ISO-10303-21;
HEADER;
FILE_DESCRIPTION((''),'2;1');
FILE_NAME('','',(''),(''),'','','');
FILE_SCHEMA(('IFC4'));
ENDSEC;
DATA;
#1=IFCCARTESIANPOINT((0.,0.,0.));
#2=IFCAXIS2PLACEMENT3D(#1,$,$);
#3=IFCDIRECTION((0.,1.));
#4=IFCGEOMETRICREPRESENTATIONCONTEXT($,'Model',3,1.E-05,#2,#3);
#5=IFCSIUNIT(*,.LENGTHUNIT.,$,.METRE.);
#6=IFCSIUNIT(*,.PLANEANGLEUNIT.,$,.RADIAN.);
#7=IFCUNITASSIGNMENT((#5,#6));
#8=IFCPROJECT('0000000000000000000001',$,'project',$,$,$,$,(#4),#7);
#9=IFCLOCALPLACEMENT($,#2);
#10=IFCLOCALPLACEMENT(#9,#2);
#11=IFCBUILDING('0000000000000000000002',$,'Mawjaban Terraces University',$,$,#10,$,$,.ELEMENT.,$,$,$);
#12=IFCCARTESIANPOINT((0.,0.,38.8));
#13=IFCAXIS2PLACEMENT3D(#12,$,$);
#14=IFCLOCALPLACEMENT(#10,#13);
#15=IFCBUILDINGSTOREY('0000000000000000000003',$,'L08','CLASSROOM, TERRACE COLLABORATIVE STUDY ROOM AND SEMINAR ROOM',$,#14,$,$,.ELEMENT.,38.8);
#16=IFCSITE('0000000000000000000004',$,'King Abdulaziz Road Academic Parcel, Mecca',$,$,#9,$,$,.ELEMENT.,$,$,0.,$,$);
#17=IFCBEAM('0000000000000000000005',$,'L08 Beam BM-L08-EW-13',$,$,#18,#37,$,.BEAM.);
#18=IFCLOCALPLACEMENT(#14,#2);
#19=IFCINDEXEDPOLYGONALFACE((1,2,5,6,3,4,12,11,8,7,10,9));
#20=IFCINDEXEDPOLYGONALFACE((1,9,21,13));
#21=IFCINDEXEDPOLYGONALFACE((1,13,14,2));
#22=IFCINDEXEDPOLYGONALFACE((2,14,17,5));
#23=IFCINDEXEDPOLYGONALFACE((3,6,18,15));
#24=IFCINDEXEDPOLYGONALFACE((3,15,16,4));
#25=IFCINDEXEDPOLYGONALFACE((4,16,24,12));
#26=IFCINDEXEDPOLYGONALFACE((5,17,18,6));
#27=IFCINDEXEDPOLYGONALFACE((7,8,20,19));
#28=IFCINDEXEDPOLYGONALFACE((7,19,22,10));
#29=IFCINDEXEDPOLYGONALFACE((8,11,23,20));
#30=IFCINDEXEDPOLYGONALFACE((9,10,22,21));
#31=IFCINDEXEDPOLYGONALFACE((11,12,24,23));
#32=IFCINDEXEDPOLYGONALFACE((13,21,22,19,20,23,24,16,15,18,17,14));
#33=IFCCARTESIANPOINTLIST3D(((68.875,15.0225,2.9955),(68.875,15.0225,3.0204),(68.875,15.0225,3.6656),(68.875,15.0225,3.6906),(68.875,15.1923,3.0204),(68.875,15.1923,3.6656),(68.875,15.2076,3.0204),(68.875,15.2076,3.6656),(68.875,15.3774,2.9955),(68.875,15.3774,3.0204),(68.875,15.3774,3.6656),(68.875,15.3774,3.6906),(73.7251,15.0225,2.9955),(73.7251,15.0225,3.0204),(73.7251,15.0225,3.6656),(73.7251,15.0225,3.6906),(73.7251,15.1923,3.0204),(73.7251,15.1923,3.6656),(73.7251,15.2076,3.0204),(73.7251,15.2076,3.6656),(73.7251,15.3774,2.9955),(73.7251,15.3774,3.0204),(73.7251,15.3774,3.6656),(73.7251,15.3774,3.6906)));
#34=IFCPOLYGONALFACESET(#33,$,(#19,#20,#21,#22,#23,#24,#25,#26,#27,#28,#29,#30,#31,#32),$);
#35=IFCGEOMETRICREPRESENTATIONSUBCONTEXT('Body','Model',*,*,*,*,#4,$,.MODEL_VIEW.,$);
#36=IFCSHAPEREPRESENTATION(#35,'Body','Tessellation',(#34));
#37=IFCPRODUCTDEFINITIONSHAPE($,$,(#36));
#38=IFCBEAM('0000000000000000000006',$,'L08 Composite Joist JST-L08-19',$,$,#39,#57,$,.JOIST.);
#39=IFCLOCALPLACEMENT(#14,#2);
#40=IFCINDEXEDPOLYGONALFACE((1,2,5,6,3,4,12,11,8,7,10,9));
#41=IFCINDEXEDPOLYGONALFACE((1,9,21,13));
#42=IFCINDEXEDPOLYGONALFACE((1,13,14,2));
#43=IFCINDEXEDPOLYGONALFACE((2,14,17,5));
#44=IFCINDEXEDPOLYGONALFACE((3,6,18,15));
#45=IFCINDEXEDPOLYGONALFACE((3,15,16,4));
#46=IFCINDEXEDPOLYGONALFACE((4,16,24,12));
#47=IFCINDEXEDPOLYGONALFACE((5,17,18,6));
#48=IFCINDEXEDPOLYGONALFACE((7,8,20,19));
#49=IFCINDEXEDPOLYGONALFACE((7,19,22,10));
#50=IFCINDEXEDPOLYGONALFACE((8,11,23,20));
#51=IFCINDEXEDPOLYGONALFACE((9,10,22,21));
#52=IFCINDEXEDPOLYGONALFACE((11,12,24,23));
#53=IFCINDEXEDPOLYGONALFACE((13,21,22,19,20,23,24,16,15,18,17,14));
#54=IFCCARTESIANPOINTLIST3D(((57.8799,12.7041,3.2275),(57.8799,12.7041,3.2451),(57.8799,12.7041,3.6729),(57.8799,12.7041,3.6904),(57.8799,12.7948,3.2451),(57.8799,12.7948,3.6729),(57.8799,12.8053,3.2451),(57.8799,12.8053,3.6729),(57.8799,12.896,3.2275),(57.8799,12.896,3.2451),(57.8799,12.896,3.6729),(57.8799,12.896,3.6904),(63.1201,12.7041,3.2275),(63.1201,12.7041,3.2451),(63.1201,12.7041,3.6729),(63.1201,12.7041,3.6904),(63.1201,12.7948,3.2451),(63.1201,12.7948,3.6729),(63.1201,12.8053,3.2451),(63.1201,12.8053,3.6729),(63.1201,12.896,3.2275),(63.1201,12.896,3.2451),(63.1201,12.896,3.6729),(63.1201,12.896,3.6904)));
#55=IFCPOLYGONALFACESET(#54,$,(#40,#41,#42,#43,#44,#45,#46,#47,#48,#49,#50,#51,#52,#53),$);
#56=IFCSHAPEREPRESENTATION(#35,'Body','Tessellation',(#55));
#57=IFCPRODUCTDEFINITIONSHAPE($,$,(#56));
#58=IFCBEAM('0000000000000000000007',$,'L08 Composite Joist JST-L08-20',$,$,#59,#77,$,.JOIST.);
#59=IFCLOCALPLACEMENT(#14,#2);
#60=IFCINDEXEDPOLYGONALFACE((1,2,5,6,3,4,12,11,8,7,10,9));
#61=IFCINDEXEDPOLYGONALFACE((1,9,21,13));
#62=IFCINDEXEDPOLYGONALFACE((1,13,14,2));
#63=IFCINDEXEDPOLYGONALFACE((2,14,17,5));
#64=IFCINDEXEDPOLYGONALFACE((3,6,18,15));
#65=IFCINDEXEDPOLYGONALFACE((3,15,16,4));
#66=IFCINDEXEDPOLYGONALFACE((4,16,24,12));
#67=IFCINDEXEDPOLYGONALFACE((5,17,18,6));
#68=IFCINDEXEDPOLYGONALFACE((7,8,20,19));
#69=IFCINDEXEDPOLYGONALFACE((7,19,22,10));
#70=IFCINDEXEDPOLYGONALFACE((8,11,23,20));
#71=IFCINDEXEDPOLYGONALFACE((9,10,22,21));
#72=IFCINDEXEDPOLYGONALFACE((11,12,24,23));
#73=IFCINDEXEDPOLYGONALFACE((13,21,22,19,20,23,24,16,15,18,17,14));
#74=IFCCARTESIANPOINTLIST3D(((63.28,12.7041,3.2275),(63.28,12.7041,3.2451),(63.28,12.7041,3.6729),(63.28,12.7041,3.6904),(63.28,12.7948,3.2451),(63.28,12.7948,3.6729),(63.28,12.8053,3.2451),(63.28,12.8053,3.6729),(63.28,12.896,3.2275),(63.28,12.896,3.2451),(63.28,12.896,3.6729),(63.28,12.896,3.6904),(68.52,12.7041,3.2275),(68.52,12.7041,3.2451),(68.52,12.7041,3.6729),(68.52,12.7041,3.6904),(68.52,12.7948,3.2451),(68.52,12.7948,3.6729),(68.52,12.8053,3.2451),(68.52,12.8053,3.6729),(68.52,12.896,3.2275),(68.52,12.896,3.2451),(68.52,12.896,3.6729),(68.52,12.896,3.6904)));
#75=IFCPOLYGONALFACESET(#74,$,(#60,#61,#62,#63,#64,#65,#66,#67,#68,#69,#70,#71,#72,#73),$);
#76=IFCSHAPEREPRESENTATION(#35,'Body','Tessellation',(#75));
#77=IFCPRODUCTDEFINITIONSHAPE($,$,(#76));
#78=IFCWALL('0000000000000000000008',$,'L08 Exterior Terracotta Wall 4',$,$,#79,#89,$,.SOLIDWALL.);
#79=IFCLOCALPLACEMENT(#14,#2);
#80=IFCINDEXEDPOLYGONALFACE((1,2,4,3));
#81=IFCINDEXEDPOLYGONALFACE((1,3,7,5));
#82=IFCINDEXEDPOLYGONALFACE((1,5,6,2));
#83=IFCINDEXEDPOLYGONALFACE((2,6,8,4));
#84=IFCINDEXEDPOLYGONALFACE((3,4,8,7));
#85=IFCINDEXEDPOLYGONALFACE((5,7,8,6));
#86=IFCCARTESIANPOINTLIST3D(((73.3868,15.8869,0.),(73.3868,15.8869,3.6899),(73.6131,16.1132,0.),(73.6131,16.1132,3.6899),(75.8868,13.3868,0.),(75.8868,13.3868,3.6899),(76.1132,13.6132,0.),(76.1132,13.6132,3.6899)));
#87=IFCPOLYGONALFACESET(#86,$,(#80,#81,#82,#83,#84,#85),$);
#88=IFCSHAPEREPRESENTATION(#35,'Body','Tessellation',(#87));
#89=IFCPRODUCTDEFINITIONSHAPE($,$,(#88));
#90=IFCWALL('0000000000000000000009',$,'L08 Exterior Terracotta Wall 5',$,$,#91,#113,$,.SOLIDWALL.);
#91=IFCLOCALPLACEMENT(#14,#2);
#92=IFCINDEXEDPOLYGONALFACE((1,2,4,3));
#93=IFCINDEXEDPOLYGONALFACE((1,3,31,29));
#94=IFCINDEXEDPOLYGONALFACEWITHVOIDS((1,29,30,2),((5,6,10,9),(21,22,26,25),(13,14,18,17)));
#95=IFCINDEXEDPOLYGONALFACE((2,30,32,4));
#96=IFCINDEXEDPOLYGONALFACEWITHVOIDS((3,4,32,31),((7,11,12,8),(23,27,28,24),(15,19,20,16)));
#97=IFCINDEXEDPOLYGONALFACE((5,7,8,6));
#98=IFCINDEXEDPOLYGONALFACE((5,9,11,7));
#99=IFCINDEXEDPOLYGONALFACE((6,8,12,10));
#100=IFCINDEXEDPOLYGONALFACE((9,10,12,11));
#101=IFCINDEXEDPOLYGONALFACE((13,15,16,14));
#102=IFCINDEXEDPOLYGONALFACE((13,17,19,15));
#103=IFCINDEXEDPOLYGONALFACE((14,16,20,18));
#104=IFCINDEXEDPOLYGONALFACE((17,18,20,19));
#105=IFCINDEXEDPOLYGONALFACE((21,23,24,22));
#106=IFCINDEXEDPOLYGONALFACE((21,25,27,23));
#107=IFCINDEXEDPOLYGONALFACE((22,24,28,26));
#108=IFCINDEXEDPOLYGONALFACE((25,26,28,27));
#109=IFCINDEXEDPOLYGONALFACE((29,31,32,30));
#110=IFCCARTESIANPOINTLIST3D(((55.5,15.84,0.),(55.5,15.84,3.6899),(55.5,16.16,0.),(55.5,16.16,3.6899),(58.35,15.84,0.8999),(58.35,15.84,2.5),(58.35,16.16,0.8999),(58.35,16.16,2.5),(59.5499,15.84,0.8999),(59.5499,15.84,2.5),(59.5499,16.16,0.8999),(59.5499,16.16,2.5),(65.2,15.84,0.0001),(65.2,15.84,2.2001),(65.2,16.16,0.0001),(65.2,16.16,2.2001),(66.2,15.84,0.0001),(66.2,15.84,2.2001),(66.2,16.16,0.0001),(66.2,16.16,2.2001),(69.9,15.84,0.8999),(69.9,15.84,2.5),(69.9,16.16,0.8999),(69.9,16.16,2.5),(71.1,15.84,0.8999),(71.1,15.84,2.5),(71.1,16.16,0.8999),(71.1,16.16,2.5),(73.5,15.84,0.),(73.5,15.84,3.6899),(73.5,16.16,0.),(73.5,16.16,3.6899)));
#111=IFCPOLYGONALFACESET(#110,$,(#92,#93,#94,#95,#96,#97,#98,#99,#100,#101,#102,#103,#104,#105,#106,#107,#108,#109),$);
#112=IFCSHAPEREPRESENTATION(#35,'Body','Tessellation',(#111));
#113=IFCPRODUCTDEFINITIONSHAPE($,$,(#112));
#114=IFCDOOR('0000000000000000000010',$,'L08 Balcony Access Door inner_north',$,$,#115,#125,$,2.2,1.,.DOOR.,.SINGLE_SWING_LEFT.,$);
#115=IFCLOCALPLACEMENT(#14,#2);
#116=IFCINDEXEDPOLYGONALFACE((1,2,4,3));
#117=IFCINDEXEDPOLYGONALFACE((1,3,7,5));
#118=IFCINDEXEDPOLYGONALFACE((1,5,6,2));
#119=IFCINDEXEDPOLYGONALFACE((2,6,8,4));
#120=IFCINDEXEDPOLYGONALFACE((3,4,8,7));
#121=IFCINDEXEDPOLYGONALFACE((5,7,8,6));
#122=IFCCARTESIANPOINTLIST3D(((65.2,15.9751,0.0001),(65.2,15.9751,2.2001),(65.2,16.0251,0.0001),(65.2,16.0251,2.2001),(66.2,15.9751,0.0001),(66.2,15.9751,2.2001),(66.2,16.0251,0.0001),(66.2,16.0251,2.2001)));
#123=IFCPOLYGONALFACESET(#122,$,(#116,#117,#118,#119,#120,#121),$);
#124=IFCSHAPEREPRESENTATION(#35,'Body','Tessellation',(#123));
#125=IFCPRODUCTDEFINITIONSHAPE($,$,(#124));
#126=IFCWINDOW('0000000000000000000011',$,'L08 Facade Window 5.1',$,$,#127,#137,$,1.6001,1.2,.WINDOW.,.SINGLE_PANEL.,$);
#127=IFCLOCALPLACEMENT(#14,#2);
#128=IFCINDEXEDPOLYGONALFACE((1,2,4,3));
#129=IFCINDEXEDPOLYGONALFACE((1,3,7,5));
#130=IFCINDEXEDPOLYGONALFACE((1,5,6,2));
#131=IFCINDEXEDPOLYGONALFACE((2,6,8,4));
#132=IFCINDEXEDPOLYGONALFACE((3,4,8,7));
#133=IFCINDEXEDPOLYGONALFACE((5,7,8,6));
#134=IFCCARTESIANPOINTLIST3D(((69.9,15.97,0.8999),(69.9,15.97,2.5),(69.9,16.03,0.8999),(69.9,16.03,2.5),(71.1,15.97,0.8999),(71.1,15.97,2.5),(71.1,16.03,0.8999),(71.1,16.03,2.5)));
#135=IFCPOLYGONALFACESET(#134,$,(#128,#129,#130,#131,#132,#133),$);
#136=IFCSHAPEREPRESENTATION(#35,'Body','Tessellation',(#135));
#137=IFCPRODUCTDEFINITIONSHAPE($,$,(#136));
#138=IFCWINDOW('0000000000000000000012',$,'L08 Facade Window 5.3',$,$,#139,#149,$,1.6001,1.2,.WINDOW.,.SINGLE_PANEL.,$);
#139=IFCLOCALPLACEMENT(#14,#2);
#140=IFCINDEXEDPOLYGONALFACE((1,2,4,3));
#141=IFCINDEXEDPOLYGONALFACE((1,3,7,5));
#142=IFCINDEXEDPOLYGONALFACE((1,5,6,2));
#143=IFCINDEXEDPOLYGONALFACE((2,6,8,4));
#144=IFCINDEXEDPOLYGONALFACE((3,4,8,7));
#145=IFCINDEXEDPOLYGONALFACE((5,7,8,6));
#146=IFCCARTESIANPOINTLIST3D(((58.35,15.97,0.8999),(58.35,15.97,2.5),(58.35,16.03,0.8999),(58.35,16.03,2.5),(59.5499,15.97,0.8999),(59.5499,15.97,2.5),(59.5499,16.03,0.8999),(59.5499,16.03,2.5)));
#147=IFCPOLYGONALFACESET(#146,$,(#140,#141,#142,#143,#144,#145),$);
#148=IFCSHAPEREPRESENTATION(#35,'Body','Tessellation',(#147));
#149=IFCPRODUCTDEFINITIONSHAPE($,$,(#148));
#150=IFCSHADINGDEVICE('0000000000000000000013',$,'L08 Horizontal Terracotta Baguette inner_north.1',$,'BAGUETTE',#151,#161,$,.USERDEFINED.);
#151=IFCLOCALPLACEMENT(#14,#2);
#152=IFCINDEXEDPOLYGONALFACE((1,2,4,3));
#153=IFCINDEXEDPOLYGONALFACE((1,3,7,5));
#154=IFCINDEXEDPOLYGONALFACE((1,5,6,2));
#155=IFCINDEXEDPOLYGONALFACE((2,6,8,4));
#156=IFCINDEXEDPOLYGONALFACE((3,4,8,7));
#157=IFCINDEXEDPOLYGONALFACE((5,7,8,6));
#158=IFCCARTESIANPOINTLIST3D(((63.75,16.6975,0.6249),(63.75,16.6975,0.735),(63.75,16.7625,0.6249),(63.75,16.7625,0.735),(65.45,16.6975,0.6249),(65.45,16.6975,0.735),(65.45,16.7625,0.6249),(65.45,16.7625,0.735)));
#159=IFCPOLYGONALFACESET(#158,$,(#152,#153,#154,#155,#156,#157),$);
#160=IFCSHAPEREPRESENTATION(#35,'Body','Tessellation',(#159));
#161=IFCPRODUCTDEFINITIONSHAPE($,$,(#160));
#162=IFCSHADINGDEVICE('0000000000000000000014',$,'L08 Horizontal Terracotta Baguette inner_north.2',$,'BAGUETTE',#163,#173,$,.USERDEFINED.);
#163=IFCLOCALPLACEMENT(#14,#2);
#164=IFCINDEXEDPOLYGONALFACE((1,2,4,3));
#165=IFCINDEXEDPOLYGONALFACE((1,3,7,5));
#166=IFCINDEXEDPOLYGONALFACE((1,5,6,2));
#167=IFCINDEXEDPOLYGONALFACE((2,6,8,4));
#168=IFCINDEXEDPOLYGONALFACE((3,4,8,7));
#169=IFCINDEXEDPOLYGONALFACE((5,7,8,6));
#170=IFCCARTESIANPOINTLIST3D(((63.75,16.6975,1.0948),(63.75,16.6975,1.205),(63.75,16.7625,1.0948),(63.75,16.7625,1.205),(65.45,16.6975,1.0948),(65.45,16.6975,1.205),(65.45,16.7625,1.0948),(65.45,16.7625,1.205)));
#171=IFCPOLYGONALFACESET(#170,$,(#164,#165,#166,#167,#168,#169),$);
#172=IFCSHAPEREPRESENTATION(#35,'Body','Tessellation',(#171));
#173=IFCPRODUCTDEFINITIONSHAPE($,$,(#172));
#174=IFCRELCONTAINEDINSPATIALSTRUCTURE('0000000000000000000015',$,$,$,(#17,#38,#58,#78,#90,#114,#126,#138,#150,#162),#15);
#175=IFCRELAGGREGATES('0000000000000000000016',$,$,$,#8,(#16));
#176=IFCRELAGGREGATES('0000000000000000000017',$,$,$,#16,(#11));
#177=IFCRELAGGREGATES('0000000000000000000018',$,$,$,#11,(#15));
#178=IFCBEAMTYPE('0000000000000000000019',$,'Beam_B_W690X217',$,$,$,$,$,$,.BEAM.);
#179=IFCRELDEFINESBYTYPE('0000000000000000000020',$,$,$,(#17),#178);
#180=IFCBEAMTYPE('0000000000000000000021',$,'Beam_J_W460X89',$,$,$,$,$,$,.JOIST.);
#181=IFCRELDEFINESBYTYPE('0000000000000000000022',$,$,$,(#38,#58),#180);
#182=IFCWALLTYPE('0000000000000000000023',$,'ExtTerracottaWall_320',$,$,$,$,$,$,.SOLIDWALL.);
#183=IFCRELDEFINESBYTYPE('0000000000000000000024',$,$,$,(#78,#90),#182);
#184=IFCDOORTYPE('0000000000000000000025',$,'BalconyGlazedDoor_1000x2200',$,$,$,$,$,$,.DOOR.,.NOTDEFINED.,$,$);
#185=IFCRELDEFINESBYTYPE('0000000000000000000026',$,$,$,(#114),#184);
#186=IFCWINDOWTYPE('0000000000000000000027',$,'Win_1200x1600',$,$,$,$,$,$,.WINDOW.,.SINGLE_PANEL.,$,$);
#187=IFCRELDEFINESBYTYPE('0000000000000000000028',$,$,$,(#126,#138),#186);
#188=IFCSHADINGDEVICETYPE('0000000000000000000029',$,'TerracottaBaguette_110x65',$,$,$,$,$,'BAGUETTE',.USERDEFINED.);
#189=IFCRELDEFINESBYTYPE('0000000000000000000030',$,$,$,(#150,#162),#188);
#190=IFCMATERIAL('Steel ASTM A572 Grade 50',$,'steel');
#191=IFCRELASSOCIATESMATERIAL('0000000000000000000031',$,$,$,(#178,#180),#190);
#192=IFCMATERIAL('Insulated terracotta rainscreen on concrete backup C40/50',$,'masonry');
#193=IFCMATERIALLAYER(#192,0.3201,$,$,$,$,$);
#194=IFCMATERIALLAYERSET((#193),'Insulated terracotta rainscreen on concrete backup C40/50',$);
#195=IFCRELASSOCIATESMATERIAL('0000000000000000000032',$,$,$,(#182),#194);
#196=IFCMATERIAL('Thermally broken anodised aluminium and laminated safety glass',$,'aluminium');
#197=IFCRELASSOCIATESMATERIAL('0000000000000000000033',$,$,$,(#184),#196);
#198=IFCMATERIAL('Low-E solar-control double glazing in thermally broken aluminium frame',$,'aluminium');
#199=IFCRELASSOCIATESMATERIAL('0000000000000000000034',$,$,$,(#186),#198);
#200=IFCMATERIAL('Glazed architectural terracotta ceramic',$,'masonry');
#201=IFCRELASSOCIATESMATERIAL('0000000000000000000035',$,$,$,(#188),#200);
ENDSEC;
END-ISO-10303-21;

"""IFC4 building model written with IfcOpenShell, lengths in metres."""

from ifc_helpers import new_model, si_unit, direction, frame, frame_2d, origin, origin_2d, place, context, subcontext, project, spatial, rectangle, i_section, extrude, material, layer, layer_set, material_profile, profile_set, type_object, element, fill, save


model = new_model("IFC4")

# Units and contexts
model_context = context("Model", 3, precision=1e-05, world=origin(), true_north=direction((0.0, 1.0)))
body_context = subcontext(model_context, "Body", "Model", "MODEL_VIEW")
ifc_project = project(units=[si_unit("LENGTHUNIT", "METRE"), si_unit("PLANEANGLEUNIT", "RADIAN")], contexts=[model_context])

# Site, building, storey
site_placement = place(None, origin())
site = spatial("IfcSite", under=ifc_project, at=site_placement, Name="King Abdulaziz Road Academic Parcel, Mecca", CompositionType="ELEMENT", RefElevation=0.0)
building_placement = place(site_placement, origin())
building = spatial("IfcBuilding", under=site, at=building_placement, Name="Mawjaban Terraces University", CompositionType="ELEMENT")
storey_placement = place(building_placement, frame((0.0, 0.0, 38.8)))
storey = spatial("IfcBuildingStorey", under=building, at=storey_placement, Name="L08", Description="CLASSROOM, TERRACE COLLABORATIVE STUDY ROOM AND SEMINAR ROOM", CompositionType="ELEMENT", Elevation=38.8)

# Beams
ifc_material_1 = material(Name="Steel ASTM A572 Grade 50", Category="steel")
ifc_material_profile_1 = material_profile(ifc_material_1, i_section(OverallWidth=0.355, OverallDepth=0.6951, WebThickness=0.0154, FlangeThickness=0.0249, at=origin_2d()), Name="W690X217")
ifc_profile_set_1 = profile_set([ifc_material_profile_1], Name="Steel ASTM A572 Grade 50")
beam_type_1 = type_object("IfcBeamType", Name="Beam_B_W690X217", PredefinedType="BEAM", material=ifc_profile_set_1)
beam_1_placement = place(storey_placement, frame((68.875, 15.2, 3.343), z_axis=(1.0, 0.0, 0.0), x_axis=(0.0, 1.0, 0.0)))
element("IfcBeam", 1, at=beam_1_placement, inside=storey, type_object=beam_type_1, Name="L08 Beam BM-L08-EW-13", PredefinedType="BEAM", context=body_context, shape_type="SweptSolid", body=[
    extrude(i_section(OverallWidth=0.355, OverallDepth=0.6951, WebThickness=0.0154, FlangeThickness=0.0249, at=origin_2d()), origin(), (0.0, 0.0, 1.0), 4.8501),
])
ifc_material_profile_2 = material_profile(ifc_material_1, i_section(OverallWidth=0.1919, OverallDepth=0.4629, WebThickness=0.0105, FlangeThickness=0.0176, at=origin_2d()), Name="W460X89")
ifc_profile_set_2 = profile_set([ifc_material_profile_2], Name="Steel ASTM A572 Grade 50")
beam_type_2 = type_object("IfcBeamType", Name="Beam_J_W460X89", PredefinedType="JOIST", material=ifc_profile_set_2)
beam_2_placement = place(storey_placement, frame((57.8799, 12.8, 3.459), z_axis=(1.0, 0.0, 0.0), x_axis=(0.0, 1.0, 0.0)))
element("IfcBeam", 2, at=beam_2_placement, inside=storey, type_object=beam_type_2, Name="L08 Composite Joist JST-L08-19", PredefinedType="JOIST", context=body_context, shape_type="SweptSolid", body=[
    extrude(i_section(OverallWidth=0.1919, OverallDepth=0.4629, WebThickness=0.0105, FlangeThickness=0.0176, at=origin_2d()), origin(), (0.0, 0.0, 1.0), 5.2402),
])
beam_3_placement = place(storey_placement, frame((63.28, 12.8, 3.459), z_axis=(1.0, 0.0, 0.0), x_axis=(0.0, 1.0, 0.0)))
element("IfcBeam", 3, at=beam_3_placement, inside=storey, type_object=beam_type_2, Name="L08 Composite Joist JST-L08-20", PredefinedType="JOIST", context=body_context, shape_type="SweptSolid", body=[
    extrude(i_section(OverallWidth=0.1919, OverallDepth=0.4629, WebThickness=0.0105, FlangeThickness=0.0176, at=origin_2d()), origin(), (0.0, 0.0, 1.0), 5.24),
])

# Wall
ifc_material_2 = material(Name="Insulated terracotta rainscreen on concrete backup C40/50", Category="masonry")
ifc_layer_1 = layer(ifc_material_2, 0.3201)
ifc_layer_set_1 = layer_set([ifc_layer_1], Name="Insulated terracotta rainscreen on concrete backup C40/50")
wall_type = type_object("IfcWallType", Name="ExtTerracottaWall_320", PredefinedType="SOLIDWALL", material=ifc_layer_set_1)
wall_1_placement = place(storey_placement, frame((76.0, 13.5, 0.0), z_axis=(0.0, 0.0, 1.0), x_axis=(-0.707107, 0.707107, 0.0)))
element("IfcWall", 4, at=wall_1_placement, inside=storey, type_object=wall_type, Name="L08 Exterior Terracotta Wall 4", PredefinedType="SOLIDWALL", context=body_context, shape_type="SweptSolid", body=[
    extrude(rectangle(XDim=3.5356, YDim=0.3201, at=frame_2d((1.7678, 0.0))), origin(), (0.0, 0.0, 1.0), 3.6899),
])

# Wall, openings, door, windows
wall_2_placement = place(storey_placement, frame((73.5, 16.0, 0.0), z_axis=(0.0, 0.0, 1.0), x_axis=(-1.0, 0.0, 0.0)))
wall_2 = element("IfcWall", 5, at=wall_2_placement, inside=storey, type_object=wall_type, Name="L08 Exterior Terracotta Wall 5", PredefinedType="SOLIDWALL", context=body_context, shape_type="SweptSolid", body=[
    extrude(rectangle(XDim=18.0, YDim=0.3201, at=frame_2d((9.0, 0.0))), origin(), (0.0, 0.0, 1.0), 3.6899),
])
opening_1_placement = place(wall_2_placement, frame((7.3, 0.0, 0.0)))
opening_1 = element("IfcOpeningElement", 6, at=opening_1_placement, cuts=wall_2, PredefinedType="OPENING", context=body_context, shape_type="SweptSolid", body=[
    extrude(rectangle(XDim=1.0, YDim=2.2, at=frame_2d((0.5, 1.1001))), frame((0.0, 0.1699, 0.0), z_axis=(0.0, -1.0, 0.0), x_axis=(1.0, 0.0, 0.0)), (0.0, 0.0, 1.0), 0.3401),
])
opening_2_placement = place(wall_2_placement, frame((2.3999, 0.0, 0.8999)))
opening_2 = element("IfcOpeningElement", 7, at=opening_2_placement, cuts=wall_2, PredefinedType="OPENING", context=body_context, shape_type="SweptSolid", body=[
    extrude(rectangle(XDim=1.2, YDim=1.6001, at=frame_2d((0.6001, 0.8))), frame((0.0, 0.1699, 0.0), z_axis=(0.0, -1.0, 0.0), x_axis=(1.0, 0.0, 0.0)), (0.0, 0.0, 1.0), 0.3401),
])
opening_3_placement = place(wall_2_placement, frame((13.95, 0.0, 0.8999)))
opening_3 = element("IfcOpeningElement", 8, at=opening_3_placement, cuts=wall_2, PredefinedType="OPENING", context=body_context, shape_type="SweptSolid", body=[
    extrude(rectangle(XDim=1.2, YDim=1.6001, at=frame_2d((0.6001, 0.8))), frame((0.0, 0.1699, 0.0), z_axis=(0.0, -1.0, 0.0), x_axis=(1.0, 0.0, 0.0)), (0.0, 0.0, 1.0), 0.3401),
])
ifc_material_3 = material(Name="Thermally broken anodised aluminium and laminated safety glass", Category="aluminium")
door_type = type_object("IfcDoorType", Name="BalconyGlazedDoor_1000x2200", OperationType="NOTDEFINED", PredefinedType="DOOR", material=ifc_material_3)
door_placement = place(opening_1_placement, origin())
door = element("IfcDoor", 9, at=door_placement, inside=storey, type_object=door_type, Name="L08 Balcony Access Door inner_north", OperationType="SINGLE_SWING_LEFT", OverallHeight=2.2, OverallWidth=1.0, PredefinedType="DOOR", context=body_context, shape_type="SweptSolid", body=[
    extrude(rectangle(XDim=1.0, YDim=2.2, at=frame_2d((0.5, 1.1001))), frame((0.0, 0.0249, 0.0), z_axis=(0.0, -1.0, 0.0), x_axis=(1.0, 0.0, 0.0)), (0.0, 0.0, 1.0), 0.05),
])
fill(opening_1, door)
ifc_material_4 = material(Name="Low-E solar-control double glazing in thermally broken aluminium frame", Category="aluminium")
window_type = type_object("IfcWindowType", Name="Win_1200x1600", PartitioningType="SINGLE_PANEL", PredefinedType="WINDOW", material=ifc_material_4)
window_1_placement = place(opening_2_placement, origin())
window_1 = element("IfcWindow", 10, at=window_1_placement, inside=storey, type_object=window_type, Name="L08 Facade Window 5.1", OverallHeight=1.6001, OverallWidth=1.2, PartitioningType="SINGLE_PANEL", PredefinedType="WINDOW", context=body_context, shape_type="SweptSolid", body=[
    extrude(rectangle(XDim=1.2, YDim=1.6001, at=frame_2d((0.6001, 0.8))), frame((0.0, 0.03, 0.0), z_axis=(0.0, -1.0, 0.0), x_axis=(1.0, 0.0, 0.0)), (0.0, 0.0, 1.0), 0.0601),
])
fill(opening_2, window_1)
window_2_placement = place(opening_3_placement, origin())
window_2 = element("IfcWindow", 11, at=window_2_placement, inside=storey, type_object=window_type, Name="L08 Facade Window 5.3", OverallHeight=1.6001, OverallWidth=1.2, PartitioningType="SINGLE_PANEL", PredefinedType="WINDOW", context=body_context, shape_type="SweptSolid", body=[
    extrude(rectangle(XDim=1.2, YDim=1.6001, at=frame_2d((0.6001, 0.8))), frame((0.0, 0.03, 0.0), z_axis=(0.0, -1.0, 0.0), x_axis=(1.0, 0.0, 0.0)), (0.0, 0.0, 1.0), 0.0601),
])
fill(opening_3, window_2)

# Shading devices
ifc_material_5 = material(Name="Glazed architectural terracotta ceramic", Category="masonry")
ifc_material_profile_3 = material_profile(ifc_material_5, rectangle(XDim=0.0649, YDim=0.1101, at=origin_2d()), Name="TBAG110X65")
ifc_profile_set_3 = profile_set([ifc_material_profile_3], Name="Glazed architectural terracotta ceramic")
shading_device_type_1 = type_object("IfcShadingDeviceType", Name="TerracottaBaguette_110x65", ElementType="BAGUETTE", PredefinedType="USERDEFINED", material=ifc_profile_set_3)
for number, where, z_axis, x_axis, name in (
    (12, (63.75, 16.73, 0.6799), (1.0, 0.0, 0.0), (0.0, 1.0, 0.0), "L08 Horizontal Terracotta Baguette inner_north.1"),
    (13, (63.75, 16.73, 1.1499), (1.0, 0.0, 0.0), (0.0, 1.0, 0.0), "L08 Horizontal Terracotta Baguette inner_north.2"),
):
    element("IfcShadingDevice", number, at=place(storey_placement, frame(where, z_axis=z_axis, x_axis=x_axis)), inside=storey, type_object=shading_device_type_1, Name=name, ObjectType="BAGUETTE", PredefinedType="USERDEFINED", context=body_context, shape_type="SweptSolid", body=[
        extrude(rectangle(XDim=0.0649, YDim=0.1101, at=origin_2d()), origin(), (0.0, 0.0, 1.0), 1.7),
    ])

save(model, "model.ifc")
